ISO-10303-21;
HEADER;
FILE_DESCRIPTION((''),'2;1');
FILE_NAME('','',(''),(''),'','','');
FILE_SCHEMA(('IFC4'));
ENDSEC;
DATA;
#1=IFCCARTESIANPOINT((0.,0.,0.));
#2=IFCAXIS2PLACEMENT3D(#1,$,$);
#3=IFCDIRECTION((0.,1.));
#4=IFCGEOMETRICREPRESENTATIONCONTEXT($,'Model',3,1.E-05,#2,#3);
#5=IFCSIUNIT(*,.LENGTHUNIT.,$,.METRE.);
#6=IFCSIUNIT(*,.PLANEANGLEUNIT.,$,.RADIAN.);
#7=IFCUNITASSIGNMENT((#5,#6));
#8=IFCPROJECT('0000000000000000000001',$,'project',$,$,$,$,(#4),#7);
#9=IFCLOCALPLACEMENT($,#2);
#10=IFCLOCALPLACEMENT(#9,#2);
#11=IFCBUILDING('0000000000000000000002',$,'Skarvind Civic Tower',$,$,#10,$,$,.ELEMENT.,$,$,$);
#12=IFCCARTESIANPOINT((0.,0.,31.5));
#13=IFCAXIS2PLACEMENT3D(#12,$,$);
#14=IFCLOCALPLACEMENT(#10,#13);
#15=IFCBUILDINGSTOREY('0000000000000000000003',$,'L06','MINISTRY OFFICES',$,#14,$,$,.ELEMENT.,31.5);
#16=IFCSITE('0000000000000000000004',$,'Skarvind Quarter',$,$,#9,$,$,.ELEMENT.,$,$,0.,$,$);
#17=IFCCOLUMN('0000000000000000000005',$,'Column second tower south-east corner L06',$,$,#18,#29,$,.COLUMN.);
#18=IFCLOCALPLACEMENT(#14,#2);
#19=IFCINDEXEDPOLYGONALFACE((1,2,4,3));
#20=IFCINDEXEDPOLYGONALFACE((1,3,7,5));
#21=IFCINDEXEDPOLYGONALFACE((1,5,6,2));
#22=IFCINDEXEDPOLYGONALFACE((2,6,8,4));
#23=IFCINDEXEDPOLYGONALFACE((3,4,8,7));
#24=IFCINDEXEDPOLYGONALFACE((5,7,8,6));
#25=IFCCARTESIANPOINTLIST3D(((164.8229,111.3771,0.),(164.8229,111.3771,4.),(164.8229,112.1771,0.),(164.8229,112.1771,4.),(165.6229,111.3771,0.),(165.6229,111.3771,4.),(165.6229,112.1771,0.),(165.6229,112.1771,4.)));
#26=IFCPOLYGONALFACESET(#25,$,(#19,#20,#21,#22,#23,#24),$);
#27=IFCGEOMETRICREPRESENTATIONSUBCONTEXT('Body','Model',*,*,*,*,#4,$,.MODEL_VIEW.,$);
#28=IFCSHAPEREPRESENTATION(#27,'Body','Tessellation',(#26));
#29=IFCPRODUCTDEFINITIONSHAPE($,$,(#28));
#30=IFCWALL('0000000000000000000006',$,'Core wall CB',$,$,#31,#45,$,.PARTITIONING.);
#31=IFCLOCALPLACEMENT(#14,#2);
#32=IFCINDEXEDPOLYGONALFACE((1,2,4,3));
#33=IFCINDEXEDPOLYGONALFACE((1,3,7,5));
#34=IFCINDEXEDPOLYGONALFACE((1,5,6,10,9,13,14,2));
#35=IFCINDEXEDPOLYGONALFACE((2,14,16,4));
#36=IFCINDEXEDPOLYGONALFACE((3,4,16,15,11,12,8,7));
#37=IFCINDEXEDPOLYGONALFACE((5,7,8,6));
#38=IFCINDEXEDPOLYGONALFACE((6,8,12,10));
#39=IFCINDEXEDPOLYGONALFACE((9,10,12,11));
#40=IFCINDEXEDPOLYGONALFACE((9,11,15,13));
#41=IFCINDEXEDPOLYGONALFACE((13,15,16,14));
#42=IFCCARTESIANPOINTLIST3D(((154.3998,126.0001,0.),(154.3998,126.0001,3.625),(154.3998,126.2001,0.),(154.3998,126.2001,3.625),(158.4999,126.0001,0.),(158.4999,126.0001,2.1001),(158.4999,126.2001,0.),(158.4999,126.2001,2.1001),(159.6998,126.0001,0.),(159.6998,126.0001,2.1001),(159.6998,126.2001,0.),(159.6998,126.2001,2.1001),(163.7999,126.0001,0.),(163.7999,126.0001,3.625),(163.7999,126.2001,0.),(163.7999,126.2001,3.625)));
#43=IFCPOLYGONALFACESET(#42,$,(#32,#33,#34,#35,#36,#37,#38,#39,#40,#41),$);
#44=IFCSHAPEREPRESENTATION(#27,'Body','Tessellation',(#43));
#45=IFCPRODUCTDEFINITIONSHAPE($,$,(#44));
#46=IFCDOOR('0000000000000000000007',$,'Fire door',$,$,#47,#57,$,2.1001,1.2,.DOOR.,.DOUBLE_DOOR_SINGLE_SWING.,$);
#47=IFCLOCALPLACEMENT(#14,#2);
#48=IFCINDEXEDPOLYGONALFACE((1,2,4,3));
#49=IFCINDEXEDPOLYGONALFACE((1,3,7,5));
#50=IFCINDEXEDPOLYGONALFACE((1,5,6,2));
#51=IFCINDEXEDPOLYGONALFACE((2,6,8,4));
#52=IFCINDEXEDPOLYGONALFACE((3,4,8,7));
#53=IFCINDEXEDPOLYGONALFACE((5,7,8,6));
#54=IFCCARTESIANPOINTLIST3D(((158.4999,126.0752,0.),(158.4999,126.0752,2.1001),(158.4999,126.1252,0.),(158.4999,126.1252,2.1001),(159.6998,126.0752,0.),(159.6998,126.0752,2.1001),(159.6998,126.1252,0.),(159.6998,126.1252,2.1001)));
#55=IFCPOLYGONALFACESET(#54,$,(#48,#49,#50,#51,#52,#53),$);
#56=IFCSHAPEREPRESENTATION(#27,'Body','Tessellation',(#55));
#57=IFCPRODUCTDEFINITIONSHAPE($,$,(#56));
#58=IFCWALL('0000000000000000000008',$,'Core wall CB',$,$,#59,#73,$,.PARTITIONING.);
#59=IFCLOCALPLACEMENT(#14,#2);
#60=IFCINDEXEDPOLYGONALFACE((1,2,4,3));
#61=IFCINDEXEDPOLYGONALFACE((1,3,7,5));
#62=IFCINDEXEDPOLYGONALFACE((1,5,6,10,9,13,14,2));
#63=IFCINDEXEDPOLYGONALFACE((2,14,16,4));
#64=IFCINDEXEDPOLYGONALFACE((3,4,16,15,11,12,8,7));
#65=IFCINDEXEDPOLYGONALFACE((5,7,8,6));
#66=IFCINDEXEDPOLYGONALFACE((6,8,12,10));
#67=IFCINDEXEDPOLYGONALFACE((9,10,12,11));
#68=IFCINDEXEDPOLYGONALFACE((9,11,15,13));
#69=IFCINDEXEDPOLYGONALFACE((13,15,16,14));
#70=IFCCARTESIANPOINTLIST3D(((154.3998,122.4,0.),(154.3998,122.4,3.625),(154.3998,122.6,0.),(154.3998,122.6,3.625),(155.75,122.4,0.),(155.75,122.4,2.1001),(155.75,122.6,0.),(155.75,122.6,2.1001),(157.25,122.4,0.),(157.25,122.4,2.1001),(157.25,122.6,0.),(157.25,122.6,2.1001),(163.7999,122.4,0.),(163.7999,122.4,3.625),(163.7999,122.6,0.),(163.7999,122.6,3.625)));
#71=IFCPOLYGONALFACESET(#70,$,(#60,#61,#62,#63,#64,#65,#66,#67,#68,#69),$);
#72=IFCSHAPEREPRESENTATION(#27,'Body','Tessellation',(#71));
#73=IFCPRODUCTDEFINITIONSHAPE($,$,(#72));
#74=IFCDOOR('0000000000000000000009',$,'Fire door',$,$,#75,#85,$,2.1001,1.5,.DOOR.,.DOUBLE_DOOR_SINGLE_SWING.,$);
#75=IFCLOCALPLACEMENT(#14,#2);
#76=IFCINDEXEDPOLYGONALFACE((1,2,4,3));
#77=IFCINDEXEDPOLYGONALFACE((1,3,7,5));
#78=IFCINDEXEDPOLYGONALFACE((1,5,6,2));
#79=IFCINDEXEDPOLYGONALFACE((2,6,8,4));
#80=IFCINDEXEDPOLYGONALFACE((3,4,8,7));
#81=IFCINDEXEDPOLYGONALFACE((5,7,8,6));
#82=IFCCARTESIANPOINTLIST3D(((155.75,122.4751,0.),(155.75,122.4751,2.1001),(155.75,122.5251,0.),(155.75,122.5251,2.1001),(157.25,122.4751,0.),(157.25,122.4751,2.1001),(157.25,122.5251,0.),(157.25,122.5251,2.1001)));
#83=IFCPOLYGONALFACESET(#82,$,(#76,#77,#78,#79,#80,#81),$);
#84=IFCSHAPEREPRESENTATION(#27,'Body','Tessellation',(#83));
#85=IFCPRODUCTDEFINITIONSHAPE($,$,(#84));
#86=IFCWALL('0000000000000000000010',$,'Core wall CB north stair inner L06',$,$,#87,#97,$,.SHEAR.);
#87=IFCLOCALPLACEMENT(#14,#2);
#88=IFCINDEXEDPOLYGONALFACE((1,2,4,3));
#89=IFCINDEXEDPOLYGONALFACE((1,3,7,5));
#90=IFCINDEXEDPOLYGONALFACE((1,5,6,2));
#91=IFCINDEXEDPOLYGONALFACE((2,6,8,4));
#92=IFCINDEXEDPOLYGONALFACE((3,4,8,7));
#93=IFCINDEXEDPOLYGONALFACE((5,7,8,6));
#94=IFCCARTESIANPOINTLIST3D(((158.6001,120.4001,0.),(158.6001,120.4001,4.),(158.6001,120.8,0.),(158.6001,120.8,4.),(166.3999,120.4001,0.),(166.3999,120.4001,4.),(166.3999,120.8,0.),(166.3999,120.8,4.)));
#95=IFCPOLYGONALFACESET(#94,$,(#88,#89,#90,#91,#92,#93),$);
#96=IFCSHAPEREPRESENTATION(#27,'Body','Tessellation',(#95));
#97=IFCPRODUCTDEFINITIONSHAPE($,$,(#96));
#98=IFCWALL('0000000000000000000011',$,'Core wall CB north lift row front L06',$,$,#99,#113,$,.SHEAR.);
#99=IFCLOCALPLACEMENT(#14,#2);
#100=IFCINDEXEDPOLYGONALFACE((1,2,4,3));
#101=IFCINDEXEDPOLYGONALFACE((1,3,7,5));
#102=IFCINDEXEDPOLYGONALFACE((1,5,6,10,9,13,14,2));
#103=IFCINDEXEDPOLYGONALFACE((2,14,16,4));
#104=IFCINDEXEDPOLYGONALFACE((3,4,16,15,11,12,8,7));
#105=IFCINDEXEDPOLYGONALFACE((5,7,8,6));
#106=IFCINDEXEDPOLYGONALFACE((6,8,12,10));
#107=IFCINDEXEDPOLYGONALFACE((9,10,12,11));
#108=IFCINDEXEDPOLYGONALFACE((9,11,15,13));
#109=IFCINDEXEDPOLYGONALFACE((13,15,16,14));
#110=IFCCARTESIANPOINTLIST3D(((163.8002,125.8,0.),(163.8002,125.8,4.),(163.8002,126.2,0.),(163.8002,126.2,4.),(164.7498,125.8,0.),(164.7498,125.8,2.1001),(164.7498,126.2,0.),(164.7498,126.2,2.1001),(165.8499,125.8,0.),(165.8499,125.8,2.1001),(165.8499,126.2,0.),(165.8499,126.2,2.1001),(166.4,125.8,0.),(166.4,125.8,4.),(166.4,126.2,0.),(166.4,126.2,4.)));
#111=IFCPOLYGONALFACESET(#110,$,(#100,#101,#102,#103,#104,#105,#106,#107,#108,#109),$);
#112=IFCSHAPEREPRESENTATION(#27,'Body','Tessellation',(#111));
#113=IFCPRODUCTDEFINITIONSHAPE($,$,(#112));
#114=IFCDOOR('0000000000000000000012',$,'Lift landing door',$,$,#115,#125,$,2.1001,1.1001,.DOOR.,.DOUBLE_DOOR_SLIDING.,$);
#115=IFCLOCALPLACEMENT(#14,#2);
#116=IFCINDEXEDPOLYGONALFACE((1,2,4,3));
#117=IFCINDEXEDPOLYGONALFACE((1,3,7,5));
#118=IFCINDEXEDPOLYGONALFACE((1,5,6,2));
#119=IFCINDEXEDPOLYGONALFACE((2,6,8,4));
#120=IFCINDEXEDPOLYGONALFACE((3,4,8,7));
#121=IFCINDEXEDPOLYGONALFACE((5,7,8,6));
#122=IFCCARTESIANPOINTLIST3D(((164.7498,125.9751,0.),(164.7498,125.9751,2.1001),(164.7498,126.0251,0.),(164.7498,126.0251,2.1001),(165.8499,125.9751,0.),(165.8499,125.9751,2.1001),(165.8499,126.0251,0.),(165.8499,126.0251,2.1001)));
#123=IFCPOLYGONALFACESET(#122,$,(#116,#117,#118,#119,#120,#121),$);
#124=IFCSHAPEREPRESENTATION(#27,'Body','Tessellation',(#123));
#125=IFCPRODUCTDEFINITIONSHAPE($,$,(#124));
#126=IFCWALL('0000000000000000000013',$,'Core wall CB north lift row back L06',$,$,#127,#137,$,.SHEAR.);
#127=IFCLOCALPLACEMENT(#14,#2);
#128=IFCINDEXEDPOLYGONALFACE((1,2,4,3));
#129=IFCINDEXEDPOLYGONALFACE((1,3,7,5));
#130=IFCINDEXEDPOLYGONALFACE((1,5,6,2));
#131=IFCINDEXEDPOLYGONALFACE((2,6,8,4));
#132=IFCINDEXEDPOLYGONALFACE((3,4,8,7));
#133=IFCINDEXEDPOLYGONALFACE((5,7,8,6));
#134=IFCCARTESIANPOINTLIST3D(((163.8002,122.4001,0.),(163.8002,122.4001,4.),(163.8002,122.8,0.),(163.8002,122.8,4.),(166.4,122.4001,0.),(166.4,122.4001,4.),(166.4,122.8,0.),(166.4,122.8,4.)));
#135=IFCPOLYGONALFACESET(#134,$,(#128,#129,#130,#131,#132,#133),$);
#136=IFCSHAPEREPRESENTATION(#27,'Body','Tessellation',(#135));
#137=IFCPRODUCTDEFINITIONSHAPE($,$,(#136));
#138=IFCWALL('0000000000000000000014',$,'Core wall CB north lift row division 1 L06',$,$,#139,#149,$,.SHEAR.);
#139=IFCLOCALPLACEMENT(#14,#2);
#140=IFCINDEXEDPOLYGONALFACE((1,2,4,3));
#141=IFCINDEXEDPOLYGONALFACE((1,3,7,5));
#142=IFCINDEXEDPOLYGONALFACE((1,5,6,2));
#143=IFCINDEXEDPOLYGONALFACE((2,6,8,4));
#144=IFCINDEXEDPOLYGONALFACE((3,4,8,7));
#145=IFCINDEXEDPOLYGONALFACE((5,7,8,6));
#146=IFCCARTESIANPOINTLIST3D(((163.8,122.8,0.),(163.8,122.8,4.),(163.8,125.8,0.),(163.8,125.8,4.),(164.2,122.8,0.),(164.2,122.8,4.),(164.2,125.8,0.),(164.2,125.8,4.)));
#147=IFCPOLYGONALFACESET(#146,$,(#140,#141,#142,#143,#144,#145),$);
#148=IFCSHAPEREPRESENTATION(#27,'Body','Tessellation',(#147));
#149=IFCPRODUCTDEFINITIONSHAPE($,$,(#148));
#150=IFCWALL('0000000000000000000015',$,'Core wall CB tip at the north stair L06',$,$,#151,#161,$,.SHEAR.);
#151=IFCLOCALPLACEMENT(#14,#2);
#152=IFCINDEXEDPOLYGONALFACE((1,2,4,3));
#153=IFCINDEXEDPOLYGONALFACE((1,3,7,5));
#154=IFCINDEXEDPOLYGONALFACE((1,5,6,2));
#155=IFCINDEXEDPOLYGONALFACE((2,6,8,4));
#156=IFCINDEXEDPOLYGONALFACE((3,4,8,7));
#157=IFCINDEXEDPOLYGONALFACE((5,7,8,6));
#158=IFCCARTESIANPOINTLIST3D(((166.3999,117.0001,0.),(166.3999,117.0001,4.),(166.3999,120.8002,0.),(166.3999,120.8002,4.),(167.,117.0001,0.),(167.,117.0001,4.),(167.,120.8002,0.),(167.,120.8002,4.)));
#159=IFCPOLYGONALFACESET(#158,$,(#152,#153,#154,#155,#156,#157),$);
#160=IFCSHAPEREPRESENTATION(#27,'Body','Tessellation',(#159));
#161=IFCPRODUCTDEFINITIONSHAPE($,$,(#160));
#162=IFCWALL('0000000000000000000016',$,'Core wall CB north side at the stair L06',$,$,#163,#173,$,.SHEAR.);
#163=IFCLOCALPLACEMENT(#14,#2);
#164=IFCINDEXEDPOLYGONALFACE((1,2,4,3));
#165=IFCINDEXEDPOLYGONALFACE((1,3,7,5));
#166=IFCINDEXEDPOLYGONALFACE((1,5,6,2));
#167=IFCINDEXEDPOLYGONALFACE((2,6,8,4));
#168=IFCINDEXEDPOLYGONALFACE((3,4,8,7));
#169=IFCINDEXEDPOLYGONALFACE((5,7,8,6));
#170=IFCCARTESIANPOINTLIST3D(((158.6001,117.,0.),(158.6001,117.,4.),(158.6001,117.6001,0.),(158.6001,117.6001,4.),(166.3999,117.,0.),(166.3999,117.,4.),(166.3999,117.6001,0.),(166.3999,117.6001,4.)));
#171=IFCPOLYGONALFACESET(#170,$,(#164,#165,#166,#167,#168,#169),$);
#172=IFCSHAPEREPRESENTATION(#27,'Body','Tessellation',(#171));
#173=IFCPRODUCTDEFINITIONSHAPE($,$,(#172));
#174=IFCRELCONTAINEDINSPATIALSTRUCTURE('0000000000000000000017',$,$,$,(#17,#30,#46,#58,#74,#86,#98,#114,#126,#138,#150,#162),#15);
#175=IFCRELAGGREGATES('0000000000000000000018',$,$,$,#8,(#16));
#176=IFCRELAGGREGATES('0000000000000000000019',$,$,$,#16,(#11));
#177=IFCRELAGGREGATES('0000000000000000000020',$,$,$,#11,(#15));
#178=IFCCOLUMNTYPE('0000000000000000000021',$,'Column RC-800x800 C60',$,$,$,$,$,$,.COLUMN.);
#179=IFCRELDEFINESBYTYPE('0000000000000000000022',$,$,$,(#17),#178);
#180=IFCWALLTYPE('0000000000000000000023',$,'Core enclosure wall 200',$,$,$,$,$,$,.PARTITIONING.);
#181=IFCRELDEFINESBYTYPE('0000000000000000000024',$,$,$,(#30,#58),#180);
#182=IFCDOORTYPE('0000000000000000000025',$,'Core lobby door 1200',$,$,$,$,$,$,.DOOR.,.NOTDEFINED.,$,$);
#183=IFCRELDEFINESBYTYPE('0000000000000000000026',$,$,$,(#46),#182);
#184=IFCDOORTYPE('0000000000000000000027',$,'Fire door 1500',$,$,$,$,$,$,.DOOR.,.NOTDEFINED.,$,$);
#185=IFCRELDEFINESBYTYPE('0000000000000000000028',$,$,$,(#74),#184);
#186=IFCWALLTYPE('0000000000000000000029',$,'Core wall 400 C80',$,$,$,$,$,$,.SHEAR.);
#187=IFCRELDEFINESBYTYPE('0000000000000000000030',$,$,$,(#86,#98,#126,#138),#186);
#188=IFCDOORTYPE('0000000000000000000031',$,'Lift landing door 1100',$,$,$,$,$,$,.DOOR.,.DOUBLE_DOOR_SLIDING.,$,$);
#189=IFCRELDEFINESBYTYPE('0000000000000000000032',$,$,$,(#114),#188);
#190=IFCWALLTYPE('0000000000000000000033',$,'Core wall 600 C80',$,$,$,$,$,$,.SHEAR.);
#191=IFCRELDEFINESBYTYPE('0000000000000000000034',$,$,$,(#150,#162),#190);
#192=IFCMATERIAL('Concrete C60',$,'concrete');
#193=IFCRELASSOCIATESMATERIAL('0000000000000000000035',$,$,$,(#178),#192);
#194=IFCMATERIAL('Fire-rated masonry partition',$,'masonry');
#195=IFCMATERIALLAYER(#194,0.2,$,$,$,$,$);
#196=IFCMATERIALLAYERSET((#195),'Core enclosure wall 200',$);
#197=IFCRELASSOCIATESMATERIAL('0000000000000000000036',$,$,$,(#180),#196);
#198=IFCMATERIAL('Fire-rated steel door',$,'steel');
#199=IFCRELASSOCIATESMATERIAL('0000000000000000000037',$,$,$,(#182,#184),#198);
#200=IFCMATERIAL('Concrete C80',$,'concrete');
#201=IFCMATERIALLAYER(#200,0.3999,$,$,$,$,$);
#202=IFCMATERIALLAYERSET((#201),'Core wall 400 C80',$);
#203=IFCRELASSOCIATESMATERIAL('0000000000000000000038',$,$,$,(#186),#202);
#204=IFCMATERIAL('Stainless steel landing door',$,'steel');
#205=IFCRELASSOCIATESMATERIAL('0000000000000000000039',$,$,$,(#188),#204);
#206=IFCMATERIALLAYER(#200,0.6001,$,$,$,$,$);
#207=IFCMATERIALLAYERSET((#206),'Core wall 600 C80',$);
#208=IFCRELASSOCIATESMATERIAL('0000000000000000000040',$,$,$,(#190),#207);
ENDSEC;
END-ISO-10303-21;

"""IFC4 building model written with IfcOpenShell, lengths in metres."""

from ifc_helpers import new_model, si_unit, direction, frame, frame_2d, origin, origin_2d, place, context, subcontext, project, spatial, rectangle, extrude, material, layer, layer_set, material_profile, profile_set, type_object, element, fill, save


model = new_model("IFC4")

# Units and contexts
model_context = context("Model", 3, precision=1e-05, world=origin(), true_north=direction((0.0, 1.0)))
body_context = subcontext(model_context, "Body", "Model", "MODEL_VIEW")
ifc_project = project(units=[si_unit("LENGTHUNIT", "METRE"), si_unit("PLANEANGLEUNIT", "RADIAN")], contexts=[model_context])

# Site, building, storey
site_placement = place(None, origin())
site = spatial("IfcSite", under=ifc_project, at=site_placement, Name="Skarvind Quarter", CompositionType="ELEMENT", RefElevation=0.0)
building_placement = place(site_placement, origin())
building = spatial("IfcBuilding", under=site, at=building_placement, Name="Skarvind Civic Tower", CompositionType="ELEMENT")
storey_placement = place(building_placement, frame((0.0, 0.0, 31.5)))
storey = spatial("IfcBuildingStorey", under=building, at=storey_placement, Name="L06", Description="MINISTRY OFFICES", CompositionType="ELEMENT", Elevation=31.5)

# Column
ifc_material_1 = material(Name="Concrete C60", Category="concrete")
ifc_material_profile = material_profile(ifc_material_1, rectangle(XDim=0.8, YDim=0.8, at=origin_2d()), Name="RC-800x800")
ifc_profile_set = profile_set([ifc_material_profile], Name="Concrete C60")
column_type = type_object("IfcColumnType", Name="Column RC-800x800 C60", PredefinedType="COLUMN", material=ifc_profile_set)
column_placement = place(storey_placement, frame((165.2229, 111.7771, 0.0), z_axis=(0.0, 0.0, 1.0), x_axis=(1.0, 0.0, 0.0)))
element("IfcColumn", 1, at=column_placement, inside=storey, type_object=column_type, Name="Column second tower south-east corner L06", PredefinedType="COLUMN", context=body_context, shape_type="SweptSolid", body=[
    extrude(rectangle(XDim=0.8, YDim=0.8, at=origin_2d()), origin(), (0.0, 0.0, 1.0), 4.0),
])

# Walls, openings, doors
ifc_material_2 = material(Name="Fire-rated masonry partition", Category="masonry")
ifc_layer_1 = layer(ifc_material_2, 0.2)
ifc_layer_set_1 = layer_set([ifc_layer_1], Name="Core enclosure wall 200")
wall_type_1 = type_object("IfcWallType", Name="Core enclosure wall 200", PredefinedType="PARTITIONING", material=ifc_layer_set_1)
wall_1_placement = place(storey_placement, frame((163.8, 126.1001, 0.0), z_axis=(0.0, 0.0, 1.0), x_axis=(-1.0, 0.0, 0.0)))
wall_1 = element("IfcWall", 2, at=wall_1_placement, inside=storey, type_object=wall_type_1, Name="Core wall CB", PredefinedType="PARTITIONING", context=body_context, shape_type="SweptSolid", body=[
    extrude(rectangle(XDim=9.4001, YDim=0.2, at=frame_2d((4.7002, 0.0))), origin(), (0.0, 0.0, 1.0), 3.625),
])
opening_1_placement = place(wall_1_placement, frame((4.1001, 0.0, 0.0)))
opening_1 = element("IfcOpeningElement", 3, at=opening_1_placement, cuts=wall_1, PredefinedType="OPENING", context=body_context, shape_type="SweptSolid", body=[
    extrude(rectangle(XDim=1.2, YDim=2.1001, at=frame_2d((0.6001, 1.05))), frame((0.0, 0.1099, 0.0), z_axis=(0.0, -1.0, 0.0), x_axis=(1.0, 0.0, 0.0)), (0.0, 0.0, 1.0), 0.22),
])
ifc_material_3 = material(Name="Fire-rated steel door", Category="steel")
door_type_1 = type_object("IfcDoorType", Name="Core lobby door 1200", OperationType="NOTDEFINED", PredefinedType="DOOR", material=ifc_material_3)
door_1_placement = place(opening_1_placement, origin())
door_1 = element("IfcDoor", 4, at=door_1_placement, inside=storey, type_object=door_type_1, Name="Fire door", OperationType="DOUBLE_DOOR_SINGLE_SWING", OverallHeight=2.1001, OverallWidth=1.2, PredefinedType="DOOR", context=body_context, shape_type="SweptSolid", body=[
    extrude(rectangle(XDim=1.2, YDim=2.1001, at=frame_2d((0.6001, 1.05))), frame((0.0, 0.0249, 0.0), z_axis=(0.0, -1.0, 0.0), x_axis=(1.0, 0.0, 0.0)), (0.0, 0.0, 1.0), 0.05),
])
fill(opening_1, door_1)
wall_2_placement = place(storey_placement, frame((163.8, 122.5, 0.0), z_axis=(0.0, 0.0, 1.0), x_axis=(-1.0, 0.0, 0.0)))
wall_2 = element("IfcWall", 5, at=wall_2_placement, inside=storey, type_object=wall_type_1, Name="Core wall CB", PredefinedType="PARTITIONING", context=body_context, shape_type="SweptSolid", body=[
    extrude(rectangle(XDim=9.4001, YDim=0.2, at=frame_2d((4.7002, 0.0))), origin(), (0.0, 0.0, 1.0), 3.625),
])
opening_2_placement = place(wall_2_placement, frame((6.55, 0.0, 0.0)))
opening_2 = element("IfcOpeningElement", 6, at=opening_2_placement, cuts=wall_2, PredefinedType="OPENING", context=body_context, shape_type="SweptSolid", body=[
    extrude(rectangle(XDim=1.5, YDim=2.1001, at=frame_2d((0.75, 1.05))), frame((0.0, 0.1099, 0.0), z_axis=(0.0, -1.0, 0.0), x_axis=(1.0, 0.0, 0.0)), (0.0, 0.0, 1.0), 0.22),
])
door_type_2 = type_object("IfcDoorType", Name="Fire door 1500", OperationType="NOTDEFINED", PredefinedType="DOOR", material=ifc_material_3)
door_2_placement = place(opening_2_placement, origin())
door_2 = element("IfcDoor", 7, at=door_2_placement, inside=storey, type_object=door_type_2, Name="Fire door", OperationType="DOUBLE_DOOR_SINGLE_SWING", OverallHeight=2.1001, OverallWidth=1.5, PredefinedType="DOOR", context=body_context, shape_type="SweptSolid", body=[
    extrude(rectangle(XDim=1.5, YDim=2.1001, at=frame_2d((0.75, 1.05))), frame((0.0, 0.0249, 0.0), z_axis=(0.0, -1.0, 0.0), x_axis=(1.0, 0.0, 0.0)), (0.0, 0.0, 1.0), 0.05),
])
fill(opening_2, door_2)

# Wall
ifc_material_4 = material(Name="Concrete C80", Category="concrete")
ifc_layer_2 = layer(ifc_material_4, 0.3999)
ifc_layer_set_2 = layer_set([ifc_layer_2], Name="Core wall 400 C80")
wall_type_2 = type_object("IfcWallType", Name="Core wall 400 C80", PredefinedType="SHEAR", material=ifc_layer_set_2)
wall_3_placement = place(storey_placement, frame((166.3999, 120.6001, 0.0), z_axis=(0.0, 0.0, 1.0), x_axis=(-1.0, 0.0, 0.0)))
element("IfcWall", 8, at=wall_3_placement, inside=storey, type_object=wall_type_2, Name="Core wall CB north stair inner L06", PredefinedType="SHEAR", context=body_context, shape_type="SweptSolid", body=[
    extrude(rectangle(XDim=7.7998, YDim=0.3999, at=frame_2d((3.8999, 0.0))), origin(), (0.0, 0.0, 1.0), 4.0),
])

# Wall, opening, door
wall_4_placement = place(storey_placement, frame((166.3999, 126.0, 0.0), z_axis=(0.0, 0.0, 1.0), x_axis=(-1.0, 0.0, 0.0)))
wall_4 = element("IfcWall", 9, at=wall_4_placement, inside=storey, type_object=wall_type_2, Name="Core wall CB north lift row front L06", PredefinedType="SHEAR", context=body_context, shape_type="SweptSolid", body=[
    extrude(rectangle(XDim=2.5999, YDim=0.3999, at=frame_2d((1.2998, 0.0))), origin(), (0.0, 0.0, 1.0), 4.0),
])
opening_3_placement = place(wall_4_placement, frame((0.55, 0.0, 0.0)))
opening_3 = element("IfcOpeningElement", 10, at=opening_3_placement, cuts=wall_4, PredefinedType="OPENING", context=body_context, shape_type="SweptSolid", body=[
    extrude(rectangle(XDim=1.1001, YDim=2.1001, at=frame_2d((0.55, 1.05))), frame((0.0, 0.21, 0.0), z_axis=(0.0, -1.0, 0.0), x_axis=(1.0, 0.0, 0.0)), (0.0, 0.0, 1.0), 0.4199),
])
ifc_material_5 = material(Name="Stainless steel landing door", Category="steel")
door_type_3 = type_object("IfcDoorType", Name="Lift landing door 1100", OperationType="DOUBLE_DOOR_SLIDING", PredefinedType="DOOR", material=ifc_material_5)
door_3_placement = place(opening_3_placement, origin())
door_3 = element("IfcDoor", 11, at=door_3_placement, inside=storey, type_object=door_type_3, Name="Lift landing door", OperationType="DOUBLE_DOOR_SLIDING", OverallHeight=2.1001, OverallWidth=1.1001, PredefinedType="DOOR", context=body_context, shape_type="SweptSolid", body=[
    extrude(rectangle(XDim=1.1001, YDim=2.1001, at=frame_2d((0.55, 1.05))), frame((0.0, 0.0249, 0.0), z_axis=(0.0, -1.0, 0.0), x_axis=(1.0, 0.0, 0.0)), (0.0, 0.0, 1.0), 0.05),
])
fill(opening_3, door_3)

# Walls
wall_5_placement = place(storey_placement, frame((166.3999, 122.6001, 0.0), z_axis=(0.0, 0.0, 1.0), x_axis=(-1.0, 0.0, 0.0)))
element("IfcWall", 12, at=wall_5_placement, inside=storey, type_object=wall_type_2, Name="Core wall CB north lift row back L06", PredefinedType="SHEAR", context=body_context, shape_type="SweptSolid", body=[
    extrude(rectangle(XDim=2.5999, YDim=0.3999, at=frame_2d((1.2998, 0.0))), origin(), (0.0, 0.0, 1.0), 4.0),
])
wall_6_placement = place(storey_placement, frame((164.0, 125.8, 0.0), z_axis=(0.0, 0.0, 1.0), x_axis=(0.0, -1.0, 0.0)))
element("IfcWall", 13, at=wall_6_placement, inside=storey, type_object=wall_type_2, Name="Core wall CB north lift row division 1 L06", PredefinedType="SHEAR", context=body_context, shape_type="SweptSolid", body=[
    extrude(rectangle(XDim=3.0, YDim=0.3999, at=frame_2d((1.5, 0.0))), origin(), (0.0, 0.0, 1.0), 4.0),
])
ifc_layer_3 = layer(ifc_material_4, 0.6001)
ifc_layer_set_3 = layer_set([ifc_layer_3], Name="Core wall 600 C80")
wall_type_3 = type_object("IfcWallType", Name="Core wall 600 C80", PredefinedType="SHEAR", material=ifc_layer_set_3)
wall_7_placement = place(storey_placement, frame((166.7, 120.8, 0.0), z_axis=(0.0, 0.0, 1.0), x_axis=(0.0, -1.0, 0.0)))
element("IfcWall", 14, at=wall_7_placement, inside=storey, type_object=wall_type_3, Name="Core wall CB tip at the north stair L06", PredefinedType="SHEAR", context=body_context, shape_type="SweptSolid", body=[
    extrude(rectangle(XDim=3.8, YDim=0.6001, at=frame_2d((1.8999, 0.0))), origin(), (0.0, 0.0, 1.0), 4.0),
])
wall_8_placement = place(storey_placement, frame((166.3999, 117.3, 0.0), z_axis=(0.0, 0.0, 1.0), x_axis=(-1.0, 0.0, 0.0)))
element("IfcWall", 15, at=wall_8_placement, inside=storey, type_object=wall_type_3, Name="Core wall CB north side at the stair L06", PredefinedType="SHEAR", context=body_context, shape_type="SweptSolid", body=[
    extrude(rectangle(XDim=7.7998, YDim=0.6001, at=frame_2d((3.8999, 0.0))), origin(), (0.0, 0.0, 1.0), 4.0),
])

save(model, "model.ifc")
